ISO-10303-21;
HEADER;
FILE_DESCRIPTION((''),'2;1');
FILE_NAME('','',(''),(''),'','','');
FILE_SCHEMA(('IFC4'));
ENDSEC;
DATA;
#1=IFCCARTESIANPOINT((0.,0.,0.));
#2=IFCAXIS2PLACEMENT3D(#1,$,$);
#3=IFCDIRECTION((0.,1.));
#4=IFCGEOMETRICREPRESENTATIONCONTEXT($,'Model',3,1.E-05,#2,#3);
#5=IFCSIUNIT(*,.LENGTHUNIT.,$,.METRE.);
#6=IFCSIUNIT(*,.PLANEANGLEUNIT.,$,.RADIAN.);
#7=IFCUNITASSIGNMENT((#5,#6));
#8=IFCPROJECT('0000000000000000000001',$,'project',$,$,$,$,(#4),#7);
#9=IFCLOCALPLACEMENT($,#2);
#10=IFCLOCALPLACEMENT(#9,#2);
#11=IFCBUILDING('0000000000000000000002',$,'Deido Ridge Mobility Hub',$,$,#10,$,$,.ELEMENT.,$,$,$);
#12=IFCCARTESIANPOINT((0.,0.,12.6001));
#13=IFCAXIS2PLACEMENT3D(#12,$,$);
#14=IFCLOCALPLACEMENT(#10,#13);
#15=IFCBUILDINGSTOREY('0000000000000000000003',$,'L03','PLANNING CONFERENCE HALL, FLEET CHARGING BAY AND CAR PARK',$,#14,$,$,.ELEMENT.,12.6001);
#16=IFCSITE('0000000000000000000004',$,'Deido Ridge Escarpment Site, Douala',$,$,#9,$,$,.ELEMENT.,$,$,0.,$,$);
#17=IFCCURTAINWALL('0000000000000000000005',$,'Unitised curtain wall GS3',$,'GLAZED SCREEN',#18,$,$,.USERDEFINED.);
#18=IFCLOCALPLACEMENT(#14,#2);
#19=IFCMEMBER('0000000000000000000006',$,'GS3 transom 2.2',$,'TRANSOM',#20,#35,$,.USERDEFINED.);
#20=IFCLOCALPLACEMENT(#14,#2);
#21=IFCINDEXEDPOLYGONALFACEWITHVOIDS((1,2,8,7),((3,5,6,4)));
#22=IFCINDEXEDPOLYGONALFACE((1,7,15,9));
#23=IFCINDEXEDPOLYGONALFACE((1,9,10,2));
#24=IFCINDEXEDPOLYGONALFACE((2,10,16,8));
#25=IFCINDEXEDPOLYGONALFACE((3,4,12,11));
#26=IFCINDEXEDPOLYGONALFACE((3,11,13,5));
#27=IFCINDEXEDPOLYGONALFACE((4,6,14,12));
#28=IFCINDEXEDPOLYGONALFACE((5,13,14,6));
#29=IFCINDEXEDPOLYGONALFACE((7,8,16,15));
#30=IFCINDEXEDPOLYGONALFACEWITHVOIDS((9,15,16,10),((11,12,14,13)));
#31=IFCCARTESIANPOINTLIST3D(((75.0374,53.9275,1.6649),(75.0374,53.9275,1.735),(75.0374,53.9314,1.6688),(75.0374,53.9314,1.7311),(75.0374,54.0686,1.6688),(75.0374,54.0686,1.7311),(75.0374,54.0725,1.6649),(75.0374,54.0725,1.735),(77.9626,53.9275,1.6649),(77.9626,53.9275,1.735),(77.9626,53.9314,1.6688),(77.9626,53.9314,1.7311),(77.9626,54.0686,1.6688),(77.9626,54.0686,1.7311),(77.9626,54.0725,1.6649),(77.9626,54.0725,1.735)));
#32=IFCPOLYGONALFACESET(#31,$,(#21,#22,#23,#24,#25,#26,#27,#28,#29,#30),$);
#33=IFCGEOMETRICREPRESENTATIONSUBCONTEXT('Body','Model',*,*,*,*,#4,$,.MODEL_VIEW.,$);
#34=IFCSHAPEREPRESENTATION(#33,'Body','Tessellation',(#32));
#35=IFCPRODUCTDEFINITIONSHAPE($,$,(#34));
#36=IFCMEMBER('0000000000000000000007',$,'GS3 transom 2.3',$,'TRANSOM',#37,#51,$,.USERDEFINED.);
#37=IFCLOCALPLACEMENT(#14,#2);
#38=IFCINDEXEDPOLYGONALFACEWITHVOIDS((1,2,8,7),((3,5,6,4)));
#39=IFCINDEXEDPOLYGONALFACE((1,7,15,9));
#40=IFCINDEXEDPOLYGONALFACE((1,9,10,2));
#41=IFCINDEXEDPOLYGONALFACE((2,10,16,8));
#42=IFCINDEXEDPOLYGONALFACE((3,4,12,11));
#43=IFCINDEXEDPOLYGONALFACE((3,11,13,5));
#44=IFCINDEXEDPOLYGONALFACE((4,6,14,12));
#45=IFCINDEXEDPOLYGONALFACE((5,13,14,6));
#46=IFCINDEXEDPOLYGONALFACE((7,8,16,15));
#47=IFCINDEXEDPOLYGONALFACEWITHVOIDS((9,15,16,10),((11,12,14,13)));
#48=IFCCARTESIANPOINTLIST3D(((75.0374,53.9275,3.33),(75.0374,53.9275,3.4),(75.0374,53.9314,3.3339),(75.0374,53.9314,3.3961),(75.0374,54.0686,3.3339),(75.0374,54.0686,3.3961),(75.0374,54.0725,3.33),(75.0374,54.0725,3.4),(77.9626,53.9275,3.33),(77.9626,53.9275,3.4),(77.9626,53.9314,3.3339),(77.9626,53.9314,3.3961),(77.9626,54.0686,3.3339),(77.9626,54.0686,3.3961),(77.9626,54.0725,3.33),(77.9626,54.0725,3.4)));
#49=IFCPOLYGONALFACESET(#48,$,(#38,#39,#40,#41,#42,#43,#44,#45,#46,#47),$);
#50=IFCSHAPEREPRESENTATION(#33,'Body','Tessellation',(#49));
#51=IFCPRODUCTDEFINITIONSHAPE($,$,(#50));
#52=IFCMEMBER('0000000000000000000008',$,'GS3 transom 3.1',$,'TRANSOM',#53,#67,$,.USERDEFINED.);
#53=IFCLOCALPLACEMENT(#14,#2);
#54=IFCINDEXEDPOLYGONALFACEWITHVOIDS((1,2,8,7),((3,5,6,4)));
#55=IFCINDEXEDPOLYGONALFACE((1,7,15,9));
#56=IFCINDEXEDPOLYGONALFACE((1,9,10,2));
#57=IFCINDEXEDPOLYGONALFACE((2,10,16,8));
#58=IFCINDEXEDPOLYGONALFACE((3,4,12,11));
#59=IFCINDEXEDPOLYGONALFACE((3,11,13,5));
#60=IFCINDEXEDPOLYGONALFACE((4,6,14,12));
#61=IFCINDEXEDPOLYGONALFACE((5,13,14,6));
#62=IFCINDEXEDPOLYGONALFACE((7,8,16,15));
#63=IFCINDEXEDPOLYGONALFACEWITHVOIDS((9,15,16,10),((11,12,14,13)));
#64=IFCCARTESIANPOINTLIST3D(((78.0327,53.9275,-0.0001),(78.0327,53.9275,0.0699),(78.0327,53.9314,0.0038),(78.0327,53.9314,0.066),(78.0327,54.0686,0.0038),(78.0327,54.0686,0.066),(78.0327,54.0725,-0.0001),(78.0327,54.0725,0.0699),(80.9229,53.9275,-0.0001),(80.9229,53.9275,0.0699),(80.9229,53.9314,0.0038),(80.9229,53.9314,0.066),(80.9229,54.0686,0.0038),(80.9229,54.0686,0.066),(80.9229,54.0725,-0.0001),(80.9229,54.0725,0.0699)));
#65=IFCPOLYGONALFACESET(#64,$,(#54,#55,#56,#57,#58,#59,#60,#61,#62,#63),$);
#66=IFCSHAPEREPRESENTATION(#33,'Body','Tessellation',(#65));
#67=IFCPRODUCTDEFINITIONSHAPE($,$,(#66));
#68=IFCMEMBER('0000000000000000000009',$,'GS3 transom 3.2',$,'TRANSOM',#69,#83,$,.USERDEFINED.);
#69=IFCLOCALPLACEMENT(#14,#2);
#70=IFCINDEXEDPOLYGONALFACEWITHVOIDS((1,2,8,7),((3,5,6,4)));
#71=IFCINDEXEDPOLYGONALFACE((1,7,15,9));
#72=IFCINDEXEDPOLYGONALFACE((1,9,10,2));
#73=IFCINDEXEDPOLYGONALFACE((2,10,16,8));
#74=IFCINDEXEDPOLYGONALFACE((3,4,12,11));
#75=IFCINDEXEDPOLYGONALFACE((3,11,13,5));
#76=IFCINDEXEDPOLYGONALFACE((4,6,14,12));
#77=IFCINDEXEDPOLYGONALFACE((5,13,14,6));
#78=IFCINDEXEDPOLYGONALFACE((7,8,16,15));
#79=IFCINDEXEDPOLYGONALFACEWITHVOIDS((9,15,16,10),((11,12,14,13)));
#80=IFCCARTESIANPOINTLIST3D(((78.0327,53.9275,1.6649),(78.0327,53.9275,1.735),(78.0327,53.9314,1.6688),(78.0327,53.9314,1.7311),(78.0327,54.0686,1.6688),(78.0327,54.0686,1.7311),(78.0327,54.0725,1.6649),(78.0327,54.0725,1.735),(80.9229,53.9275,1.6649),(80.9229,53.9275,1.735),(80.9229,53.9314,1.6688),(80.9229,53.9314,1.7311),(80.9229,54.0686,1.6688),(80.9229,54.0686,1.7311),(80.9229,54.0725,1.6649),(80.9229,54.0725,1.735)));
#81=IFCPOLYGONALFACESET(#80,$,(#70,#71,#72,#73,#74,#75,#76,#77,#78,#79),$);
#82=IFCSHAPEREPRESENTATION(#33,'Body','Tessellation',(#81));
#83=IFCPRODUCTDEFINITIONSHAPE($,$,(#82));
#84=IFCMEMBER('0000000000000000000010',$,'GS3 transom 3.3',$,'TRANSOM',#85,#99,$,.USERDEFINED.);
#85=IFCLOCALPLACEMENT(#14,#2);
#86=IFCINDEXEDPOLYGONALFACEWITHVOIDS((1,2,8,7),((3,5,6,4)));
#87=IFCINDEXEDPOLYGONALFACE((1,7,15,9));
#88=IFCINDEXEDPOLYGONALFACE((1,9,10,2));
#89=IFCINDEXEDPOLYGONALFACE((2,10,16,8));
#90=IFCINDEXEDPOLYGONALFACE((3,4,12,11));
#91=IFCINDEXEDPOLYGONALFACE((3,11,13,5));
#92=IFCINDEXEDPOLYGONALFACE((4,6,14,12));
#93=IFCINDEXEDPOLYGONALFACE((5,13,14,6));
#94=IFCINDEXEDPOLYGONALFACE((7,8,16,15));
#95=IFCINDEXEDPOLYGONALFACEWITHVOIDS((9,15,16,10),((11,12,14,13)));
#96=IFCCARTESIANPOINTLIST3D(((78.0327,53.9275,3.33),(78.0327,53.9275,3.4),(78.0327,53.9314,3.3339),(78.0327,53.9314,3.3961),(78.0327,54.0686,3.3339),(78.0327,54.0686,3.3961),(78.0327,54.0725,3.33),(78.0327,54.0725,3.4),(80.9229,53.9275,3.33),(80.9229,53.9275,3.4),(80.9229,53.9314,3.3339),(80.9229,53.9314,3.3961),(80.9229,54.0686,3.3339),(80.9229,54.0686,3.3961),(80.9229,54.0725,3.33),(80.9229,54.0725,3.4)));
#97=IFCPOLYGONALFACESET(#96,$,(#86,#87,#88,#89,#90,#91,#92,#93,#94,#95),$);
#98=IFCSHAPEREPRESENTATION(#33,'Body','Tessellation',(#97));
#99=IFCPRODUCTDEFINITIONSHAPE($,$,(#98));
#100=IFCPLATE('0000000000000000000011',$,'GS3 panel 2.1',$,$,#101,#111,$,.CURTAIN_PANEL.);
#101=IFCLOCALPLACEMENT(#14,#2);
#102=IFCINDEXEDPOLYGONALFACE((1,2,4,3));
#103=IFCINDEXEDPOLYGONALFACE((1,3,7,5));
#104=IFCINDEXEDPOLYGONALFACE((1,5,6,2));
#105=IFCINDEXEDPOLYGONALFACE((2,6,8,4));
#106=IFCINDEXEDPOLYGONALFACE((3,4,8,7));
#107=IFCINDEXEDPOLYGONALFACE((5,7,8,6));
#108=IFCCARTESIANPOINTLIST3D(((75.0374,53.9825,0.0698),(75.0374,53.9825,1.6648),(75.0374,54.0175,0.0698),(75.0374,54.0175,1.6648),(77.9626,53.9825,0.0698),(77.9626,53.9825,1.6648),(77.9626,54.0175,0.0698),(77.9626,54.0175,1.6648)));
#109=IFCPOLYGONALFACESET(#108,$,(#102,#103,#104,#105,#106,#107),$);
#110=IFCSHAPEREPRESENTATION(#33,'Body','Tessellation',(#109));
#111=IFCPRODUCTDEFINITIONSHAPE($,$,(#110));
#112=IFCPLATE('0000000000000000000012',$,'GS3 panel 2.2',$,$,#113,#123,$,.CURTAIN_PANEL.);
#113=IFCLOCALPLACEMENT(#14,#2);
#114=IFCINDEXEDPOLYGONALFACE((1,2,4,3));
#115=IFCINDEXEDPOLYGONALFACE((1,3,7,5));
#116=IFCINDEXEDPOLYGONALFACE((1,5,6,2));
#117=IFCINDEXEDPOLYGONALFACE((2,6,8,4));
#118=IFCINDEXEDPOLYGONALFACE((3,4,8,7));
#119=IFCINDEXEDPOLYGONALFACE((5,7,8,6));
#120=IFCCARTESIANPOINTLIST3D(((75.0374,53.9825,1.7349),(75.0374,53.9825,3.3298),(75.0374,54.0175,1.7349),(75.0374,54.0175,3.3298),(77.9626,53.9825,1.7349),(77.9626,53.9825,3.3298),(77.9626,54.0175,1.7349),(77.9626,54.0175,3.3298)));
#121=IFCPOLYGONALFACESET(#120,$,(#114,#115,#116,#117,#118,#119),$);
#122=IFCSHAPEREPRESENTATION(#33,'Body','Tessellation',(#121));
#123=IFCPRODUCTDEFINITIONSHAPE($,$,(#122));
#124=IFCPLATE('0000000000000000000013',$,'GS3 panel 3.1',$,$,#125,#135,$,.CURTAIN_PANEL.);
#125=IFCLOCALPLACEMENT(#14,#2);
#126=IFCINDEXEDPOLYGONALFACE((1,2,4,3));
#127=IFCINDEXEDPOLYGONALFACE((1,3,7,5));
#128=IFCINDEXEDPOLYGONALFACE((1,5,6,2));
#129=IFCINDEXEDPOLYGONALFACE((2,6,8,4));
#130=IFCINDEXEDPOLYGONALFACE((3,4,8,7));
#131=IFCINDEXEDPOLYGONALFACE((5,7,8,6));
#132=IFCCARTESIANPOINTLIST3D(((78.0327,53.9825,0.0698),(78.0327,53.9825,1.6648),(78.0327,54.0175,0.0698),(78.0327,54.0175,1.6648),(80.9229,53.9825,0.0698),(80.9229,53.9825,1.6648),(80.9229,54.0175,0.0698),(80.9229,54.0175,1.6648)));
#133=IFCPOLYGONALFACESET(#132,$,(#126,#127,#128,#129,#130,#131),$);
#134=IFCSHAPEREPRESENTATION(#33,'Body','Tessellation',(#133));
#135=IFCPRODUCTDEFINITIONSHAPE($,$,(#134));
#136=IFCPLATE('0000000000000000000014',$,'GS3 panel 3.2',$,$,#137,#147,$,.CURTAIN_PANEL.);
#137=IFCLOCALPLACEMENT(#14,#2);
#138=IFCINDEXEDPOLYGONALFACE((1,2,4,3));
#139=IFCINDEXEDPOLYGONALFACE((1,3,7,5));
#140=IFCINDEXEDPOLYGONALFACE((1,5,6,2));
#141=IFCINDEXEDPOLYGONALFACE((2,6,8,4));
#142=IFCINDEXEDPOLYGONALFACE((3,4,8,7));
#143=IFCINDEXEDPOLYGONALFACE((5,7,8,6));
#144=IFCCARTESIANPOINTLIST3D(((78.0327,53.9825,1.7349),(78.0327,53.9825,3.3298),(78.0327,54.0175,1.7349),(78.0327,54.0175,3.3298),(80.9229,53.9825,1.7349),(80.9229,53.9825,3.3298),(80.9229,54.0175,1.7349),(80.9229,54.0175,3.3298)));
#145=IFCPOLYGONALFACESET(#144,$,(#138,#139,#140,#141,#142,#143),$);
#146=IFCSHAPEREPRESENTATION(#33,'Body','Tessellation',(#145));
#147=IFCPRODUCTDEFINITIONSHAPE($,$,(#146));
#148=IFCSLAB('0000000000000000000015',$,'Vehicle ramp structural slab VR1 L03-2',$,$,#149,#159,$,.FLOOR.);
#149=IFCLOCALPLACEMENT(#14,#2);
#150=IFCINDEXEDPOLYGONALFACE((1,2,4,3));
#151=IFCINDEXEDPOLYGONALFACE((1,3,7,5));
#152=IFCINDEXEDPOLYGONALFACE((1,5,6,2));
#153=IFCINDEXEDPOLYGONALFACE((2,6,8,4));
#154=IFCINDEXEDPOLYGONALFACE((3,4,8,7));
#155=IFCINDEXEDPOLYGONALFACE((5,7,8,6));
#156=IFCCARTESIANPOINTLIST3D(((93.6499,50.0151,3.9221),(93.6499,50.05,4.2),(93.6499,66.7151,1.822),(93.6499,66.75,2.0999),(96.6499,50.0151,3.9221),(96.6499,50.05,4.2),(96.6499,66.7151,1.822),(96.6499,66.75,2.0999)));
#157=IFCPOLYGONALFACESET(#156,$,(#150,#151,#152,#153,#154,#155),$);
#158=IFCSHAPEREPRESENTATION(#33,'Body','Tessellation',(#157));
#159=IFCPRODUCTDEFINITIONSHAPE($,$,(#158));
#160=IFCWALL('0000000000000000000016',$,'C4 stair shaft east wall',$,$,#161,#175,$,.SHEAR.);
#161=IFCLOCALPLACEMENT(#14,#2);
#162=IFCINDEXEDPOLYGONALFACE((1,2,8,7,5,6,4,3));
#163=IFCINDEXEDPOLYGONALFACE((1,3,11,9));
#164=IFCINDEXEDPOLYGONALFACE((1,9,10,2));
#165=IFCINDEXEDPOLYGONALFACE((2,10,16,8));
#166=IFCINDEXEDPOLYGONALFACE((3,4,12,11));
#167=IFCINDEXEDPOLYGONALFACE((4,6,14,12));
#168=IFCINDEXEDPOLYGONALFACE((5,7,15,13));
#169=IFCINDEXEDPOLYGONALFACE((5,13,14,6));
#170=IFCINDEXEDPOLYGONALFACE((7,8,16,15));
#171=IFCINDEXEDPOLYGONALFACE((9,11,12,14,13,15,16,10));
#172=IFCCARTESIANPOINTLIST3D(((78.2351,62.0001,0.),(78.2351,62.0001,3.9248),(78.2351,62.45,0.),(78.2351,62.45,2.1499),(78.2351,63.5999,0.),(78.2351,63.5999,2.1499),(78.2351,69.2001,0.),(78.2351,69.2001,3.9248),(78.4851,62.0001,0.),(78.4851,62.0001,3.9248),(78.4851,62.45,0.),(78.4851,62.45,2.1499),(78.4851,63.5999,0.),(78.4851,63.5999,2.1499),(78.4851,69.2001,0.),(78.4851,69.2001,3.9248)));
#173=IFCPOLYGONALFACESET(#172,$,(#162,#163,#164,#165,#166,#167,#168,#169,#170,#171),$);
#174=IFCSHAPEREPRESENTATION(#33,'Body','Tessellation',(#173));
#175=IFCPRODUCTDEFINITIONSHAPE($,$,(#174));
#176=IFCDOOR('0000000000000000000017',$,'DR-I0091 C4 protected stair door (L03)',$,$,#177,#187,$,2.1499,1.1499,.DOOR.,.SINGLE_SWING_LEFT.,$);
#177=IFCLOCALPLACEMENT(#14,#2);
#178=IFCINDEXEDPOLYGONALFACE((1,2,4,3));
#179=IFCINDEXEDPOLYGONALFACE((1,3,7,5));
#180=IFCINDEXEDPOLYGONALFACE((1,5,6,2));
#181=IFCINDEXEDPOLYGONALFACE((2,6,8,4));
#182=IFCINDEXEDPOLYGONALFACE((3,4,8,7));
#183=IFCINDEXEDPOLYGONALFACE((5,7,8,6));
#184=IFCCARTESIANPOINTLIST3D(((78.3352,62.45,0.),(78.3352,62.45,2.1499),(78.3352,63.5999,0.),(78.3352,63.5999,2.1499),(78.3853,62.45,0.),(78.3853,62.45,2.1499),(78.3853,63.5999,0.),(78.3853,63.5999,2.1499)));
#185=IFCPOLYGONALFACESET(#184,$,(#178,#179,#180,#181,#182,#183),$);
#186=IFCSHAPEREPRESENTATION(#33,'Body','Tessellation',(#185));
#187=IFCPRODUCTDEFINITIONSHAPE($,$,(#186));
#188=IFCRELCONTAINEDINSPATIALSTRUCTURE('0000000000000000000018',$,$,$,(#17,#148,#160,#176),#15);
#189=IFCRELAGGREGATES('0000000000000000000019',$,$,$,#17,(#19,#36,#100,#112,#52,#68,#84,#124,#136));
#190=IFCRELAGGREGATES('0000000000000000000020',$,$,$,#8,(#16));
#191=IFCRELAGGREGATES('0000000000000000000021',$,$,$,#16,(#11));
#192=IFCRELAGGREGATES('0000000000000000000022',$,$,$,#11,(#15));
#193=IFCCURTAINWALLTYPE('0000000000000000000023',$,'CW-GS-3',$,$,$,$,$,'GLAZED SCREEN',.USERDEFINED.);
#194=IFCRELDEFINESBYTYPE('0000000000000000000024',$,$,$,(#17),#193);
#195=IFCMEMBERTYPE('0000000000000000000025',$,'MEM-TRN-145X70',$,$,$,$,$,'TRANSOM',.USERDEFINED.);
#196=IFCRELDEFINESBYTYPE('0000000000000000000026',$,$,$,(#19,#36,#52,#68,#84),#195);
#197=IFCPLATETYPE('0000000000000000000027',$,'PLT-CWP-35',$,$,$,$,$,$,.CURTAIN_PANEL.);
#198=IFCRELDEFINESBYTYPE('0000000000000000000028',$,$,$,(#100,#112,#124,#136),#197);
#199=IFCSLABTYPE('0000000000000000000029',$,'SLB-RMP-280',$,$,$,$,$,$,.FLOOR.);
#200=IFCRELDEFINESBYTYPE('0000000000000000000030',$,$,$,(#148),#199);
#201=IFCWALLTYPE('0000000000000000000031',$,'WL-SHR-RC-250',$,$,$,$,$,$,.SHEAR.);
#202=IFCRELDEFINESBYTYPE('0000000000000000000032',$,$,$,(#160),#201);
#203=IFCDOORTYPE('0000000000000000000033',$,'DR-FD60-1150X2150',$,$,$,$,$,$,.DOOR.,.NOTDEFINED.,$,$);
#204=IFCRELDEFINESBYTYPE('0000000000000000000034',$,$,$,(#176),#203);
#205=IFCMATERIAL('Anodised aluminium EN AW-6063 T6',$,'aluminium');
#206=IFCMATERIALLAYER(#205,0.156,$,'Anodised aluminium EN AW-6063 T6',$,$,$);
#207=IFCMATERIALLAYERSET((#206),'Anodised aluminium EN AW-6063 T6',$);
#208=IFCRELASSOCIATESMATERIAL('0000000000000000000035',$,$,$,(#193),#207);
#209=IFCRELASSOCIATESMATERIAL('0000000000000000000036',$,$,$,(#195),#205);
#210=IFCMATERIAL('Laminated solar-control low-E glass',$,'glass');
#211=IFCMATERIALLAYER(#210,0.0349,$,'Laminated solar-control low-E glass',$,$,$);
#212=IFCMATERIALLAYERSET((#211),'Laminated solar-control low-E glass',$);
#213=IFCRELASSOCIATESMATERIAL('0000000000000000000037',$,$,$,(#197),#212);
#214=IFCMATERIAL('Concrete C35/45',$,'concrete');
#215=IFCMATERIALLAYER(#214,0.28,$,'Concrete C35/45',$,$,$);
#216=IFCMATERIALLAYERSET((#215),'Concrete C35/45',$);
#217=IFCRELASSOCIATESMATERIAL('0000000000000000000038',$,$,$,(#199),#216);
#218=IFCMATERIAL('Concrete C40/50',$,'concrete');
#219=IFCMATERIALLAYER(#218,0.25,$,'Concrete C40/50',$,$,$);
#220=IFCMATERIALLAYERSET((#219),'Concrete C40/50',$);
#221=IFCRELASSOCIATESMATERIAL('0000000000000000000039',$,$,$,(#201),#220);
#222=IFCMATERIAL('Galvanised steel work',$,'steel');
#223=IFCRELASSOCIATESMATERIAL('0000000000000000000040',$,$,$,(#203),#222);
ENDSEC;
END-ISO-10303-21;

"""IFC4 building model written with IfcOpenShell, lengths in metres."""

from ifc_helpers import new_model, si_unit, direction, frame, frame_2d, origin, origin_2d, place, context, subcontext, project, spatial, polyline, rectangle, hollow_rectangle, outline, extrude, material, layer, layer_set, material_profile, profile_set, type_object, element, fill, aggregate, save


model = new_model("IFC4")

# Units and contexts
model_context = context("Model", 3, precision=1e-05, world=origin(), true_north=direction((0.0, 1.0)))
body_context = subcontext(model_context, "Body", "Model", "MODEL_VIEW")
ifc_project = project(units=[si_unit("LENGTHUNIT", "METRE"), si_unit("PLANEANGLEUNIT", "RADIAN")], contexts=[model_context])

# Site, building, storey
site_placement = place(None, origin())
site = spatial("IfcSite", under=ifc_project, at=site_placement, Name="Deido Ridge Escarpment Site, Douala", CompositionType="ELEMENT", RefElevation=0.0)
building_placement = place(site_placement, origin())
building = spatial("IfcBuilding", under=site, at=building_placement, Name="Deido Ridge Mobility Hub", CompositionType="ELEMENT")
storey_placement = place(building_placement, frame((0.0, 0.0, 12.6001)))
storey = spatial("IfcBuildingStorey", under=building, at=storey_placement, Name="L03", Description="PLANNING CONFERENCE HALL, FLEET CHARGING BAY AND CAR PARK", CompositionType="ELEMENT", Elevation=12.6001)

# Curtain wall, members, plates
ifc_material_1 = material(Name="Anodised aluminium EN AW-6063 T6", Category="aluminium")
ifc_layer_1 = layer(ifc_material_1, 0.156, Name="Anodised aluminium EN AW-6063 T6")
ifc_layer_set_1 = layer_set([ifc_layer_1], Name="Anodised aluminium EN AW-6063 T6")
curtain_wall_type = type_object("IfcCurtainWallType", Name="CW-GS-3", ElementType="GLAZED SCREEN", PredefinedType="USERDEFINED", material=ifc_layer_set_1)
curtain_wall_placement = place(storey_placement, origin())
curtain_wall = element("IfcCurtainWall", 1, at=curtain_wall_placement, inside=storey, type_object=curtain_wall_type, Name="Unitised curtain wall GS3", ObjectType="GLAZED SCREEN", PredefinedType="USERDEFINED")
ifc_material_profile_1 = material_profile(ifc_material_1, hollow_rectangle(XDim=0.145, YDim=0.0701, WallThickness=0.0039, at=origin_2d()), Name="RHS 145x70x4")
ifc_profile_set_1 = profile_set([ifc_material_profile_1], Name="Anodised aluminium EN AW-6063 T6")
member_type_1 = type_object("IfcMemberType", Name="MEM-TRN-145X70", ElementType="TRANSOM", PredefinedType="USERDEFINED", material=ifc_profile_set_1)
member_1_placement = place(storey_placement, frame((75.0374, 54.0, 1.7), z_axis=(1.0, 0.0, 0.0), x_axis=(0.0, 1.0, 0.0)))
member_1 = element("IfcMember", 2, at=member_1_placement, type_object=member_type_1, Name="GS3 transom 2.2", ObjectType="TRANSOM", PredefinedType="USERDEFINED", context=body_context, shape_type="SweptSolid", body=[
    extrude(hollow_rectangle(XDim=0.145, YDim=0.0701, WallThickness=0.0039, at=origin_2d()), origin(), (0.0, 0.0, 1.0), 2.9253),
])
member_2_placement = place(storey_placement, frame((75.0374, 54.0, 3.365), z_axis=(1.0, 0.0, 0.0), x_axis=(0.0, 1.0, 0.0)))
member_2 = element("IfcMember", 3, at=member_2_placement, type_object=member_type_1, Name="GS3 transom 2.3", ObjectType="TRANSOM", PredefinedType="USERDEFINED", context=body_context, shape_type="SweptSolid", body=[
    extrude(hollow_rectangle(XDim=0.145, YDim=0.0701, WallThickness=0.0039, at=origin_2d()), origin(), (0.0, 0.0, 1.0), 2.9253),
])
member_3_placement = place(storey_placement, frame((78.0327, 54.0, 0.0349), z_axis=(1.0, 0.0, 0.0), x_axis=(0.0, 1.0, 0.0)))
member_3 = element("IfcMember", 4, at=member_3_placement, type_object=member_type_1, Name="GS3 transom 3.1", ObjectType="TRANSOM", PredefinedType="USERDEFINED", context=body_context, shape_type="SweptSolid", body=[
    extrude(hollow_rectangle(XDim=0.145, YDim=0.0701, WallThickness=0.0039, at=origin_2d()), origin(), (0.0, 0.0, 1.0), 2.8901),
])
member_4_placement = place(storey_placement, frame((78.0327, 54.0, 1.7), z_axis=(1.0, 0.0, 0.0), x_axis=(0.0, 1.0, 0.0)))
member_4 = element("IfcMember", 5, at=member_4_placement, type_object=member_type_1, Name="GS3 transom 3.2", ObjectType="TRANSOM", PredefinedType="USERDEFINED", context=body_context, shape_type="SweptSolid", body=[
    extrude(hollow_rectangle(XDim=0.145, YDim=0.0701, WallThickness=0.0039, at=origin_2d()), origin(), (0.0, 0.0, 1.0), 2.8901),
])
member_5_placement = place(storey_placement, frame((78.0327, 54.0, 3.365), z_axis=(1.0, 0.0, 0.0), x_axis=(0.0, 1.0, 0.0)))
member_5 = element("IfcMember", 6, at=member_5_placement, type_object=member_type_1, Name="GS3 transom 3.3", ObjectType="TRANSOM", PredefinedType="USERDEFINED", context=body_context, shape_type="SweptSolid", body=[
    extrude(hollow_rectangle(XDim=0.145, YDim=0.0701, WallThickness=0.0039, at=origin_2d()), origin(), (0.0, 0.0, 1.0), 2.8901),
])
ifc_material_2 = material(Name="Laminated solar-control low-E glass", Category="glass")
ifc_layer_2 = layer(ifc_material_2, 0.0349, Name="Laminated solar-control low-E glass")
ifc_layer_set_2 = layer_set([ifc_layer_2], Name="Laminated solar-control low-E glass")
plate_type = type_object("IfcPlateType", Name="PLT-CWP-35", PredefinedType="CURTAIN_PANEL", material=ifc_layer_set_2)
plate_1_placement = place(storey_placement, frame((76.5, 54.0, 0.0698), z_axis=(0.0, 0.0, 1.0), x_axis=(1.0, 0.0, 0.0)))
plate_1 = element("IfcPlate", 7, at=plate_1_placement, type_object=plate_type, Name="GS3 panel 2.1", PredefinedType="CURTAIN_PANEL", context=body_context, shape_type="SweptSolid", body=[
    extrude(rectangle(XDim=2.9253, YDim=0.0349, at=origin_2d()), origin(), (0.0, 0.0, 1.0), 1.595),
])
plate_2_placement = place(storey_placement, frame((76.5, 54.0, 1.7349), z_axis=(0.0, 0.0, 1.0), x_axis=(1.0, 0.0, 0.0)))
plate_2 = element("IfcPlate", 8, at=plate_2_placement, type_object=plate_type, Name="GS3 panel 2.2", PredefinedType="CURTAIN_PANEL", context=body_context, shape_type="SweptSolid", body=[
    extrude(rectangle(XDim=2.9253, YDim=0.0349, at=origin_2d()), origin(), (0.0, 0.0, 1.0), 1.595),
])
plate_3_placement = place(storey_placement, frame((79.4778, 54.0, 0.0698), z_axis=(0.0, 0.0, 1.0), x_axis=(1.0, 0.0, 0.0)))
plate_3 = element("IfcPlate", 9, at=plate_3_placement, type_object=plate_type, Name="GS3 panel 3.1", PredefinedType="CURTAIN_PANEL", context=body_context, shape_type="SweptSolid", body=[
    extrude(rectangle(XDim=2.8901, YDim=0.0349, at=origin_2d()), origin(), (0.0, 0.0, 1.0), 1.595),
])
plate_4_placement = place(storey_placement, frame((79.4778, 54.0, 1.7349), z_axis=(0.0, 0.0, 1.0), x_axis=(1.0, 0.0, 0.0)))
plate_4 = element("IfcPlate", 10, at=plate_4_placement, type_object=plate_type, Name="GS3 panel 3.2", PredefinedType="CURTAIN_PANEL", context=body_context, shape_type="SweptSolid", body=[
    extrude(rectangle(XDim=2.8901, YDim=0.0349, at=origin_2d()), origin(), (0.0, 0.0, 1.0), 1.595),
])
aggregate(curtain_wall, [member_1, member_2, plate_1, plate_2, member_3, member_4, member_5, plate_3, plate_4])

# Slab
ifc_material_3 = material(Name="Concrete C35/45", Category="concrete")
ifc_layer_3 = layer(ifc_material_3, 0.28, Name="Concrete C35/45")
ifc_layer_set_3 = layer_set([ifc_layer_3], Name="Concrete C35/45")
slab_type = type_object("IfcSlabType", Name="SLB-RMP-280", PredefinedType="FLOOR", material=ifc_layer_set_3)
slab_placement = place(storey_placement, frame((93.6499, 66.75, 2.0999), z_axis=(0.0, 0.124772, 0.992185), x_axis=(1.0, 0.0, 0.0)))
element("IfcSlab", 11, at=slab_placement, inside=storey, type_object=slab_type, Name="Vehicle ramp structural slab VR1 L03-2", PredefinedType="FLOOR", context=body_context, shape_type="SweptSolid", body=[
    extrude(outline(polyline([(0.0, 0.0), (3.0, 0.0), (3.0, -16.8315), (0.0, -16.8315), (0.0, 0.0)])), origin(), (0.0, 0.0, -1.0), 0.28),
])

# Wall, opening, door
ifc_material_4 = material(Name="Concrete C40/50", Category="concrete")
ifc_layer_4 = layer(ifc_material_4, 0.25, Name="Concrete C40/50")
ifc_layer_set_4 = layer_set([ifc_layer_4], Name="Concrete C40/50")
wall_type_1 = type_object("IfcWallType", Name="WL-SHR-RC-250", PredefinedType="SHEAR", material=ifc_layer_set_4)
wall_1_placement = place(storey_placement, frame((78.3601, 62.0, 0.0), z_axis=(0.0, 0.0, 1.0), x_axis=(0.0, 1.0, 0.0)))
wall_1 = element("IfcWall", 12, at=wall_1_placement, inside=storey, type_object=wall_type_1, Name="C4 stair shaft east wall", PredefinedType="SHEAR", context=body_context, shape_type="SweptSolid", body=[
    extrude(rectangle(XDim=7.2, YDim=0.25, at=frame_2d((3.6001, 0.0))), origin(), (0.0, 0.0, 1.0), 3.9248),
])
opening_1_placement = place(wall_1_placement, frame((0.45, 0.0, 0.0)))
opening_1 = element("IfcOpeningElement", 13, at=opening_1_placement, cuts=wall_1, PredefinedType="OPENING", context=body_context, shape_type="SweptSolid", body=[
    extrude(rectangle(XDim=1.1499, YDim=2.1499, at=frame_2d((0.575, 1.075))), frame((0.0, 0.135, 0.0), z_axis=(0.0, -1.0, 0.0), x_axis=(1.0, 0.0, 0.0)), (0.0, 0.0, 1.0), 0.27),
])
ifc_material_5 = material(Name="Galvanised steel work", Category="steel")
door_type_1 = type_object("IfcDoorType", Name="DR-FD60-1150X2150", OperationType="NOTDEFINED", PredefinedType="DOOR", material=ifc_material_5)
door_1_placement = place(opening_1_placement, origin())
door_1 = element("IfcDoor", 14, at=door_1_placement, inside=storey, type_object=door_type_1, Name="DR-I0091 C4 protected stair door (L03)", OperationType="SINGLE_SWING_LEFT", OverallHeight=2.1499, OverallWidth=1.1499, PredefinedType="DOOR", context=body_context, shape_type="SweptSolid", body=[
    extrude(rectangle(XDim=1.1499, YDim=2.1499, at=frame_2d((0.575, 1.075))), frame((0.0, 0.0249, 0.0), z_axis=(0.0, -1.0, 0.0), x_axis=(1.0, 0.0, 0.0)), (0.0, 0.0, 1.0), 0.05),
])
fill(opening_1, door_1)

save(model, "model.ifc")
